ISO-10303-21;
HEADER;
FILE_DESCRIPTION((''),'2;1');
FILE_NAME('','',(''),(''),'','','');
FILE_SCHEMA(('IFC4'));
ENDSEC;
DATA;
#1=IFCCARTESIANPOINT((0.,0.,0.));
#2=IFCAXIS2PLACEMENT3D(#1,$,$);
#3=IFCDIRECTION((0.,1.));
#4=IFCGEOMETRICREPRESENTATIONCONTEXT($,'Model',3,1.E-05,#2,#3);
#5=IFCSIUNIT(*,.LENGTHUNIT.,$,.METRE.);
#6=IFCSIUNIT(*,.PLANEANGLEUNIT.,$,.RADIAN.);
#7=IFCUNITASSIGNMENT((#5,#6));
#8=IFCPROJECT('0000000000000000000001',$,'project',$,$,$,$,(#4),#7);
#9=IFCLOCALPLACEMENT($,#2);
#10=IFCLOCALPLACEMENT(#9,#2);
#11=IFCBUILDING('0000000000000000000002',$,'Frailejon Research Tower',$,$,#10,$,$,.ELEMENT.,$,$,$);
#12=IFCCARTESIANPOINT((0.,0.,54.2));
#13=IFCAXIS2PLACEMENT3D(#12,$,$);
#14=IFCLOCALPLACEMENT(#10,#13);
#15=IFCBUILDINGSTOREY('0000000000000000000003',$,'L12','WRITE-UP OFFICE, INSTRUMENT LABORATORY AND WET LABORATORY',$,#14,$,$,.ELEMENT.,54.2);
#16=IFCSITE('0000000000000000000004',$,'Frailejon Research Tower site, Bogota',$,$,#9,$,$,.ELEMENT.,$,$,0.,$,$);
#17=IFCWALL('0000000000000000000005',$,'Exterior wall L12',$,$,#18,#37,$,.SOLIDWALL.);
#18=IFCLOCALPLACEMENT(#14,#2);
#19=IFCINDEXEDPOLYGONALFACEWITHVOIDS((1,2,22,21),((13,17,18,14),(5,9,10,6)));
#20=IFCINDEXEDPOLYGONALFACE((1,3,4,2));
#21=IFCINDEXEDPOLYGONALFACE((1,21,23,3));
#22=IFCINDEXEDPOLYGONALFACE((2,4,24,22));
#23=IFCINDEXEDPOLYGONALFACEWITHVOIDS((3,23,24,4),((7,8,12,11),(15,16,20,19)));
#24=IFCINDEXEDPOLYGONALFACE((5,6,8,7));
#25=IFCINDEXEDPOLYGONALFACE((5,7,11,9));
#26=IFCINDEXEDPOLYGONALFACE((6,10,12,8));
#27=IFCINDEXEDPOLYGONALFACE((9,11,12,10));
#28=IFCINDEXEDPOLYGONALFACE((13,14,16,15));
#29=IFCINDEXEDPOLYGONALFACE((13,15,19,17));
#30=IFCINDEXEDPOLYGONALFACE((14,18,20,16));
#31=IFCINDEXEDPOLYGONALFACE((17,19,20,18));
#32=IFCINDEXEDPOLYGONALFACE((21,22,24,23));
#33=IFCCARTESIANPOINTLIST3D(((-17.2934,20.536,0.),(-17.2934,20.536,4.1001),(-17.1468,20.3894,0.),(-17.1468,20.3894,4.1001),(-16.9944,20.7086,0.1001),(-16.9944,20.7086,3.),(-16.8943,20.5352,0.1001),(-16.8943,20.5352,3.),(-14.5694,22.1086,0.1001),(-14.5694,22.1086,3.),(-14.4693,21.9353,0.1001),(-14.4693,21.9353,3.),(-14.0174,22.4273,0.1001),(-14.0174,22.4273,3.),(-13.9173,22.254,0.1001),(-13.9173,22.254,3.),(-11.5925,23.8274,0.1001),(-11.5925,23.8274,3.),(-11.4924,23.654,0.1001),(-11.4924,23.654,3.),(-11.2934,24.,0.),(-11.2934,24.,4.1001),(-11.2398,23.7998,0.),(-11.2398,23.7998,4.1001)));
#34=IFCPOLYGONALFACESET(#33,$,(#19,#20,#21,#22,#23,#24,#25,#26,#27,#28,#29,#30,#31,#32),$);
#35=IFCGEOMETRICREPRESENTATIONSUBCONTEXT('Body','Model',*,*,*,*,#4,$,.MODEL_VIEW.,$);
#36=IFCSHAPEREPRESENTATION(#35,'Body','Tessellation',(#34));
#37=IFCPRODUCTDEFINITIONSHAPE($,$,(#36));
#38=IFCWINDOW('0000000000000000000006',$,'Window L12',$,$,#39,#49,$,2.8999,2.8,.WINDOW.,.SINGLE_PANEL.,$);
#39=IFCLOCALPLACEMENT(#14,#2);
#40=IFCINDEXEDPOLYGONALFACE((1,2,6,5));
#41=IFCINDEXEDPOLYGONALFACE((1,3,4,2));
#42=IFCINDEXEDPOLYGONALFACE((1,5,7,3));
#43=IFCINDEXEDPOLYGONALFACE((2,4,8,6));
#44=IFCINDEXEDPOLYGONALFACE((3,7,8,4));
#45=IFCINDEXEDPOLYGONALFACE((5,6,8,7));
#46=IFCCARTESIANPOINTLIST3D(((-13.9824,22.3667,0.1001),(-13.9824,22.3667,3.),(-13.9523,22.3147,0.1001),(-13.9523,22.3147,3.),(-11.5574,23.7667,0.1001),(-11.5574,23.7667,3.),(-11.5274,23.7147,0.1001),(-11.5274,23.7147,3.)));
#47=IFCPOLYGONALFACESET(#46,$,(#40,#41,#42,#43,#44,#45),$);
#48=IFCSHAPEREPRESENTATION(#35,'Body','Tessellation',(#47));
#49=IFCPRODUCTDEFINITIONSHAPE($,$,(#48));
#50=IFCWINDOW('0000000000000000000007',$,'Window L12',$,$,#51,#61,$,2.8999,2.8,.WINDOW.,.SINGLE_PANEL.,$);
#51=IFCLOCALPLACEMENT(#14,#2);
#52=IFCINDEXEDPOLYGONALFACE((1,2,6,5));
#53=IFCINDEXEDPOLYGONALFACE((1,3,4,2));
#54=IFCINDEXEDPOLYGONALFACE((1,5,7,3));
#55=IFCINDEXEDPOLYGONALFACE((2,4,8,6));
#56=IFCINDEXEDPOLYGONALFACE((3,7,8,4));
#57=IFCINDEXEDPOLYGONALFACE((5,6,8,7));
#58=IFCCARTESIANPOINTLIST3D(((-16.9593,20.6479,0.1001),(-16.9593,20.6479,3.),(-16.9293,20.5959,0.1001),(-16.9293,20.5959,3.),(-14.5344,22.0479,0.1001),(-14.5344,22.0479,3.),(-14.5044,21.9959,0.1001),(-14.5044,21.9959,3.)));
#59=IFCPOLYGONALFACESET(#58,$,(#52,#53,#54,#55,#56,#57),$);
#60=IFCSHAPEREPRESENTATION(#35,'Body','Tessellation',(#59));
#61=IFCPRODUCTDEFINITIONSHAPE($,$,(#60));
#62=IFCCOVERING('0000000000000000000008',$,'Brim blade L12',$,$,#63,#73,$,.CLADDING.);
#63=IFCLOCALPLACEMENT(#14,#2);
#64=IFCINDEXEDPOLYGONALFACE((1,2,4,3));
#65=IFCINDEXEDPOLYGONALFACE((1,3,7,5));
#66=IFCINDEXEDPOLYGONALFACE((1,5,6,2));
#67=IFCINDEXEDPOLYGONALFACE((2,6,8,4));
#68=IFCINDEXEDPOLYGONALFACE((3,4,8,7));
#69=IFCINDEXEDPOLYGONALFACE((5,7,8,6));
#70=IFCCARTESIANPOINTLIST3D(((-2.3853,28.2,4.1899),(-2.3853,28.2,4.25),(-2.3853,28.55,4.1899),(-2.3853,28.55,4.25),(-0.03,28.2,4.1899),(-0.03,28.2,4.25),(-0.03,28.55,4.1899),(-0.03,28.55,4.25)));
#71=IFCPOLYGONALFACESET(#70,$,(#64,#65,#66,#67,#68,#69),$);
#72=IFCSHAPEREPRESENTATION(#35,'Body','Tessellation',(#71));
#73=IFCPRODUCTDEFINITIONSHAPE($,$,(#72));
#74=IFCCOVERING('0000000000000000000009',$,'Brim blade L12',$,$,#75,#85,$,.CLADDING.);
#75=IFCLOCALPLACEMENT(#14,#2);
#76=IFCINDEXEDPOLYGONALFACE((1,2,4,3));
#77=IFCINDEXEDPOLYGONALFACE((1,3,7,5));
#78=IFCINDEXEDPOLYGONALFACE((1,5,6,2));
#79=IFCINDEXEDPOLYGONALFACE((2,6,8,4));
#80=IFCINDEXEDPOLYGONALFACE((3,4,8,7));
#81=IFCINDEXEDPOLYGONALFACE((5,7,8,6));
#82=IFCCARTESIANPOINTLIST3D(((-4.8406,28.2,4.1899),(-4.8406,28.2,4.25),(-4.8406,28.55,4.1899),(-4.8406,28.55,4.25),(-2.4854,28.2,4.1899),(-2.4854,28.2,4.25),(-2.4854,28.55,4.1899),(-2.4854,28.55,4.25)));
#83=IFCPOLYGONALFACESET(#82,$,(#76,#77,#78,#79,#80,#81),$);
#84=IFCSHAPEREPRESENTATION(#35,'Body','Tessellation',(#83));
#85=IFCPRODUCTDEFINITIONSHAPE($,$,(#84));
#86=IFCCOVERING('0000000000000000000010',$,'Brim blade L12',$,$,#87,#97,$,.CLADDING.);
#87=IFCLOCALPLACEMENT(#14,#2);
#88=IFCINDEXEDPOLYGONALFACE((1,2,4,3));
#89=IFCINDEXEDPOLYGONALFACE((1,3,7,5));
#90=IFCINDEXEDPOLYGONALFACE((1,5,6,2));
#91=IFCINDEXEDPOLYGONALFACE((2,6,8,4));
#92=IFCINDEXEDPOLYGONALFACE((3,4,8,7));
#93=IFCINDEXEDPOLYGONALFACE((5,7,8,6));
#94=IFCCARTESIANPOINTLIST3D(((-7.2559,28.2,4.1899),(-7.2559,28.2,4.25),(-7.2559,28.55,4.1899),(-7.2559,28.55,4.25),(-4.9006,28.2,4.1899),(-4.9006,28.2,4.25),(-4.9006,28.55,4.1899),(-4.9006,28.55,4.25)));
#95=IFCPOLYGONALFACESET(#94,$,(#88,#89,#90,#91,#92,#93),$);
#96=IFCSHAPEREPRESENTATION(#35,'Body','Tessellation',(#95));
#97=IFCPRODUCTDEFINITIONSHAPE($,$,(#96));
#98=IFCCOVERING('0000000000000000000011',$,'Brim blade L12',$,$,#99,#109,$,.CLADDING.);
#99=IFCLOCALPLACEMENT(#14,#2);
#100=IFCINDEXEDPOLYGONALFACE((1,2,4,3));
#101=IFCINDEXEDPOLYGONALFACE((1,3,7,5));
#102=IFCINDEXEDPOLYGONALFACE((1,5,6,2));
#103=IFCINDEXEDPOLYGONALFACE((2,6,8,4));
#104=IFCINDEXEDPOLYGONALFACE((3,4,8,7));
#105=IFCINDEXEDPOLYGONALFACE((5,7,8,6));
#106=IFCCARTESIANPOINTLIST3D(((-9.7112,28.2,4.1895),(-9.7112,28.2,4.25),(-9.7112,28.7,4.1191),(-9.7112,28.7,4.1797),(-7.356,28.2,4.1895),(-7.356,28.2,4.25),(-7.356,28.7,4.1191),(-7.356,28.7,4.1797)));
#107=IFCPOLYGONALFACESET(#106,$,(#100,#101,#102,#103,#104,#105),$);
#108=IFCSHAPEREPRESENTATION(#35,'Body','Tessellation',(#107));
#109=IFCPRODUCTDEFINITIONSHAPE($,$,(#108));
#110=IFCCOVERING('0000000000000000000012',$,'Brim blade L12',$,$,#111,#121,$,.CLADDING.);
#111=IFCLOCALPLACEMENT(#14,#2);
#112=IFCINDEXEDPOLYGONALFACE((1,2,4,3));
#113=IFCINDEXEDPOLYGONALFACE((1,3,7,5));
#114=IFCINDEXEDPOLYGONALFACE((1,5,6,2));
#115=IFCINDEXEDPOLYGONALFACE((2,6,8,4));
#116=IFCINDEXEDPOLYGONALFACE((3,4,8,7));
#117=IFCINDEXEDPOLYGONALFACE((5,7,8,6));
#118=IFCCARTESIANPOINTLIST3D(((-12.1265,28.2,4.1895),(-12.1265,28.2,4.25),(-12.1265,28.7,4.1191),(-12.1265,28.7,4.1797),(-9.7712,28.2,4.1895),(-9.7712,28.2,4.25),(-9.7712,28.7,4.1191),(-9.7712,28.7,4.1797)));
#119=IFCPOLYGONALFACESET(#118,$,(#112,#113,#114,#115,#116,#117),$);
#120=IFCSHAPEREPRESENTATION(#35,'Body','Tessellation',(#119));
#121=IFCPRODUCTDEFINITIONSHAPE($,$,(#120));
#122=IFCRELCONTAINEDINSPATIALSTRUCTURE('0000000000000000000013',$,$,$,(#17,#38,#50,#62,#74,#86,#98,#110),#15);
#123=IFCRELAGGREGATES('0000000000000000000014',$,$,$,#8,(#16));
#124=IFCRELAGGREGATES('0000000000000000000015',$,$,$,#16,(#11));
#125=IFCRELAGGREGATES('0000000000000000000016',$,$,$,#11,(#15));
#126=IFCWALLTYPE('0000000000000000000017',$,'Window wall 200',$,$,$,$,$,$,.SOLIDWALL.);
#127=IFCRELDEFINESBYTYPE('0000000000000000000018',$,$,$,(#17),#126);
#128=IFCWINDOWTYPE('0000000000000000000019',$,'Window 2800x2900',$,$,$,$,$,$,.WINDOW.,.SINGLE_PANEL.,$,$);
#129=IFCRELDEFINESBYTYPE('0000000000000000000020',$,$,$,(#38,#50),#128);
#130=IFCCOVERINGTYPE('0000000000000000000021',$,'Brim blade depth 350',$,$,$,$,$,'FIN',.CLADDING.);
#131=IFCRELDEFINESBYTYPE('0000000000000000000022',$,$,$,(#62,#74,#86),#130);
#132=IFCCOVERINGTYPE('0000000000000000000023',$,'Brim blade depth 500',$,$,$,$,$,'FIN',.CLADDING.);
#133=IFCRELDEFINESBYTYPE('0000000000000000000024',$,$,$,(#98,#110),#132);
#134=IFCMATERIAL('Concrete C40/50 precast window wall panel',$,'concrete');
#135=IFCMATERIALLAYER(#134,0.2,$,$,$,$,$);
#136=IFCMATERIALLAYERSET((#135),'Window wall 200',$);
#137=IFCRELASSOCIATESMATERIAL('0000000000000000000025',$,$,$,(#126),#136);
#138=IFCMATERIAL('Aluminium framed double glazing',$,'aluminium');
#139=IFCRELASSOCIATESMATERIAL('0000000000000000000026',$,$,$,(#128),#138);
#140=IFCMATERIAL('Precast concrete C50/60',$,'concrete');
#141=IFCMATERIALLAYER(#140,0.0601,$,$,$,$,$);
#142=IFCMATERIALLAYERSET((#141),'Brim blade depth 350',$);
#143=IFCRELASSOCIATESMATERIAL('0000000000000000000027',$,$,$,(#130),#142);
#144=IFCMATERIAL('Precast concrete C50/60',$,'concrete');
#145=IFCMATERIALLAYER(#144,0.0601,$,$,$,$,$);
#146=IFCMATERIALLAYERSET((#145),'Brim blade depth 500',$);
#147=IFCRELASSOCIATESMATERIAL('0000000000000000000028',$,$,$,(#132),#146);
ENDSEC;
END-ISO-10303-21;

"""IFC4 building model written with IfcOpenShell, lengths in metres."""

from ifc_helpers import new_model, si_unit, direction, frame, frame_2d, origin, place, context, subcontext, project, spatial, polyline, rectangle, outline, extrude, material, layer, layer_set, type_object, element, fill, save


model = new_model("IFC4")

# Units and contexts
model_context = context("Model", 3, precision=1e-05, world=origin(), true_north=direction((0.0, 1.0)))
body_context = subcontext(model_context, "Body", "Model", "MODEL_VIEW")
ifc_project = project(units=[si_unit("LENGTHUNIT", "METRE"), si_unit("PLANEANGLEUNIT", "RADIAN")], contexts=[model_context])

# Site, building, storey
site_placement = place(None, origin())
site = spatial("IfcSite", under=ifc_project, at=site_placement, Name="Frailejon Research Tower site, Bogota", CompositionType="ELEMENT", RefElevation=0.0)
building_placement = place(site_placement, origin())
building = spatial("IfcBuilding", under=site, at=building_placement, Name="Frailejon Research Tower", CompositionType="ELEMENT")
storey_placement = place(building_placement, frame((0.0, 0.0, 54.2)))
storey = spatial("IfcBuildingStorey", under=building, at=storey_placement, Name="L12", Description="WRITE-UP OFFICE, INSTRUMENT LABORATORY AND WET LABORATORY", CompositionType="ELEMENT", Elevation=54.2)

# Wall, openings, windows
ifc_material_1 = material(Name="Concrete C40/50 precast window wall panel", Category="concrete")
ifc_layer_1 = layer(ifc_material_1, 0.2)
ifc_layer_set_1 = layer_set([ifc_layer_1], Name="Window wall 200")
wall_type_1 = type_object("IfcWallType", Name="Window wall 200", PredefinedType="SOLIDWALL", material=ifc_layer_set_1)
wall_1_placement = place(storey_placement, frame((-11.2666, 23.8999, 0.0), z_axis=(0.0, 0.0, 1.0), x_axis=(-0.866029, -0.499993, 0.0)))
wall_1 = element("IfcWall", 1, at=wall_1_placement, inside=storey, type_object=wall_type_1, Name="Exterior wall L12", PredefinedType="SOLIDWALL", context=body_context, shape_type="SweptSolid", body=[
    extrude(outline(polyline([(-0.0269, -0.1001), (1.1279, -0.1001), (2.2825, -0.1001), (3.4373, -0.1001), (4.592, -0.1001), (5.7466, -0.1001), (6.9014, -0.1001), (6.8477, 0.1001), (5.7109, 0.1001), (4.574, 0.1001), (3.4373, 0.1001), (2.3005, 0.1001), (1.1636, 0.1001), (0.0269, 0.1001), (-0.0269, -0.1001)])), origin(), (0.0, 0.0, 1.0), 4.1001),
])
opening_1_placement = place(wall_1_placement, frame((0.3186, 0.0, 0.1001)))
opening_1 = element("IfcOpeningElement", 2, at=opening_1_placement, cuts=wall_1, PredefinedType="OPENING", context=body_context, shape_type="SweptSolid", body=[
    extrude(rectangle(XDim=2.8, YDim=2.8999, at=frame_2d((1.3999, 1.45))), frame((0.0, 0.1099, 0.0), z_axis=(0.0, -1.0, 0.0), x_axis=(1.0, 0.0, 0.0)), (0.0, 0.0, 1.0), 0.22),
])
opening_2_placement = place(wall_1_placement, frame((3.7561, 0.0, 0.1001)))
opening_2 = element("IfcOpeningElement", 3, at=opening_2_placement, cuts=wall_1, PredefinedType="OPENING", context=body_context, shape_type="SweptSolid", body=[
    extrude(rectangle(XDim=2.8, YDim=2.8999, at=frame_2d((1.3999, 1.45))), frame((0.0, 0.1099, 0.0), z_axis=(0.0, -1.0, 0.0), x_axis=(1.0, 0.0, 0.0)), (0.0, 0.0, 1.0), 0.22),
])
ifc_material_2 = material(Name="Aluminium framed double glazing", Category="aluminium")
window_type = type_object("IfcWindowType", Name="Window 2800x2900", PartitioningType="SINGLE_PANEL", PredefinedType="WINDOW", material=ifc_material_2)
window_1_placement = place(opening_1_placement, origin())
window_1 = element("IfcWindow", 4, at=window_1_placement, inside=storey, type_object=window_type, Name="Window L12", OverallHeight=2.8999, OverallWidth=2.8, PartitioningType="SINGLE_PANEL", PredefinedType="WINDOW", context=body_context, shape_type="SweptSolid", body=[
    extrude(rectangle(XDim=2.8, YDim=2.8999, at=frame_2d((1.3999, 1.45))), frame((0.0, 0.03, 0.0), z_axis=(0.0, -1.0, 0.0), x_axis=(1.0, 0.0, 0.0)), (0.0, 0.0, 1.0), 0.0601),
])
fill(opening_1, window_1)
window_2_placement = place(opening_2_placement, origin())
window_2 = element("IfcWindow", 5, at=window_2_placement, inside=storey, type_object=window_type, Name="Window L12", OverallHeight=2.8999, OverallWidth=2.8, PartitioningType="SINGLE_PANEL", PredefinedType="WINDOW", context=body_context, shape_type="SweptSolid", body=[
    extrude(rectangle(XDim=2.8, YDim=2.8999, at=frame_2d((1.3999, 1.45))), frame((0.0, 0.03, 0.0), z_axis=(0.0, -1.0, 0.0), x_axis=(1.0, 0.0, 0.0)), (0.0, 0.0, 1.0), 0.0601),
])
fill(opening_2, window_2)

# Coverings
ifc_material_3 = material(Name="Precast concrete C50/60", Category="concrete")
ifc_layer_2 = layer(ifc_material_3, 0.0601)
ifc_layer_set_2 = layer_set([ifc_layer_2], Name="Brim blade depth 350")
covering_type_1 = type_object("IfcCoveringType", Name="Brim blade depth 350", ElementType="FIN", PredefinedType="CLADDING", material=ifc_layer_set_2)
for number, where, z_axis, x_axis, name in (
    (6, (-2.3853, 28.2, 4.25), (1.0, 0.0, 0.0), (0.0, 1.0, 0.0), "Brim blade L12"),
    (7, (-4.8406, 28.2, 4.25), (1.0, 0.0, 0.0), (0.0, 1.0, 0.0), "Brim blade L12"),
    (8, (-7.2559, 28.2, 4.25), (1.0, 0.0, 0.0), (0.0, 1.0, 0.0), "Brim blade L12"),
):
    element("IfcCovering", number, at=place(storey_placement, frame(where, z_axis=z_axis, x_axis=x_axis)), inside=storey, type_object=covering_type_1, Name=name, PredefinedType="CLADDING", context=body_context, shape_type="SweptSolid", body=[
        extrude(outline(polyline([(0.0, -0.0601), (0.3501, -0.0601), (0.3501, 0.0), (0.0, 0.0), (0.0, -0.0601)])), origin(), (0.0, 0.0, 1.0), 2.3552),
    ])
ifc_material_4 = material(Name="Precast concrete C50/60", Category="concrete")
ifc_layer_3 = layer(ifc_material_4, 0.0601)
ifc_layer_set_3 = layer_set([ifc_layer_3], Name="Brim blade depth 500")
covering_type_2 = type_object("IfcCoveringType", Name="Brim blade depth 500", ElementType="FIN", PredefinedType="CLADDING", material=ifc_layer_set_3)
for number, where, z_axis, x_axis, name in (
    (9, (-9.7112, 28.2, 4.25), (1.0, 0.0, 0.0), (0.0, 1.0, 0.0), "Brim blade L12"),
    (10, (-12.1265, 28.2, 4.25), (1.0, 0.0, 0.0), (0.0, 1.0, 0.0), "Brim blade L12"),
):
    element("IfcCovering", number, at=place(storey_placement, frame(where, z_axis=z_axis, x_axis=x_axis)), inside=storey, type_object=covering_type_2, Name=name, PredefinedType="CLADDING", context=body_context, shape_type="SweptSolid", body=[
        extrude(outline(polyline([(0.0, -0.0605), (0.5, -0.1309), (0.5, -0.0703), (0.0, 0.0), (0.0, -0.0605)])), origin(), (0.0, 0.0, 1.0), 2.3552),
    ])

save(model, "model.ifc")
